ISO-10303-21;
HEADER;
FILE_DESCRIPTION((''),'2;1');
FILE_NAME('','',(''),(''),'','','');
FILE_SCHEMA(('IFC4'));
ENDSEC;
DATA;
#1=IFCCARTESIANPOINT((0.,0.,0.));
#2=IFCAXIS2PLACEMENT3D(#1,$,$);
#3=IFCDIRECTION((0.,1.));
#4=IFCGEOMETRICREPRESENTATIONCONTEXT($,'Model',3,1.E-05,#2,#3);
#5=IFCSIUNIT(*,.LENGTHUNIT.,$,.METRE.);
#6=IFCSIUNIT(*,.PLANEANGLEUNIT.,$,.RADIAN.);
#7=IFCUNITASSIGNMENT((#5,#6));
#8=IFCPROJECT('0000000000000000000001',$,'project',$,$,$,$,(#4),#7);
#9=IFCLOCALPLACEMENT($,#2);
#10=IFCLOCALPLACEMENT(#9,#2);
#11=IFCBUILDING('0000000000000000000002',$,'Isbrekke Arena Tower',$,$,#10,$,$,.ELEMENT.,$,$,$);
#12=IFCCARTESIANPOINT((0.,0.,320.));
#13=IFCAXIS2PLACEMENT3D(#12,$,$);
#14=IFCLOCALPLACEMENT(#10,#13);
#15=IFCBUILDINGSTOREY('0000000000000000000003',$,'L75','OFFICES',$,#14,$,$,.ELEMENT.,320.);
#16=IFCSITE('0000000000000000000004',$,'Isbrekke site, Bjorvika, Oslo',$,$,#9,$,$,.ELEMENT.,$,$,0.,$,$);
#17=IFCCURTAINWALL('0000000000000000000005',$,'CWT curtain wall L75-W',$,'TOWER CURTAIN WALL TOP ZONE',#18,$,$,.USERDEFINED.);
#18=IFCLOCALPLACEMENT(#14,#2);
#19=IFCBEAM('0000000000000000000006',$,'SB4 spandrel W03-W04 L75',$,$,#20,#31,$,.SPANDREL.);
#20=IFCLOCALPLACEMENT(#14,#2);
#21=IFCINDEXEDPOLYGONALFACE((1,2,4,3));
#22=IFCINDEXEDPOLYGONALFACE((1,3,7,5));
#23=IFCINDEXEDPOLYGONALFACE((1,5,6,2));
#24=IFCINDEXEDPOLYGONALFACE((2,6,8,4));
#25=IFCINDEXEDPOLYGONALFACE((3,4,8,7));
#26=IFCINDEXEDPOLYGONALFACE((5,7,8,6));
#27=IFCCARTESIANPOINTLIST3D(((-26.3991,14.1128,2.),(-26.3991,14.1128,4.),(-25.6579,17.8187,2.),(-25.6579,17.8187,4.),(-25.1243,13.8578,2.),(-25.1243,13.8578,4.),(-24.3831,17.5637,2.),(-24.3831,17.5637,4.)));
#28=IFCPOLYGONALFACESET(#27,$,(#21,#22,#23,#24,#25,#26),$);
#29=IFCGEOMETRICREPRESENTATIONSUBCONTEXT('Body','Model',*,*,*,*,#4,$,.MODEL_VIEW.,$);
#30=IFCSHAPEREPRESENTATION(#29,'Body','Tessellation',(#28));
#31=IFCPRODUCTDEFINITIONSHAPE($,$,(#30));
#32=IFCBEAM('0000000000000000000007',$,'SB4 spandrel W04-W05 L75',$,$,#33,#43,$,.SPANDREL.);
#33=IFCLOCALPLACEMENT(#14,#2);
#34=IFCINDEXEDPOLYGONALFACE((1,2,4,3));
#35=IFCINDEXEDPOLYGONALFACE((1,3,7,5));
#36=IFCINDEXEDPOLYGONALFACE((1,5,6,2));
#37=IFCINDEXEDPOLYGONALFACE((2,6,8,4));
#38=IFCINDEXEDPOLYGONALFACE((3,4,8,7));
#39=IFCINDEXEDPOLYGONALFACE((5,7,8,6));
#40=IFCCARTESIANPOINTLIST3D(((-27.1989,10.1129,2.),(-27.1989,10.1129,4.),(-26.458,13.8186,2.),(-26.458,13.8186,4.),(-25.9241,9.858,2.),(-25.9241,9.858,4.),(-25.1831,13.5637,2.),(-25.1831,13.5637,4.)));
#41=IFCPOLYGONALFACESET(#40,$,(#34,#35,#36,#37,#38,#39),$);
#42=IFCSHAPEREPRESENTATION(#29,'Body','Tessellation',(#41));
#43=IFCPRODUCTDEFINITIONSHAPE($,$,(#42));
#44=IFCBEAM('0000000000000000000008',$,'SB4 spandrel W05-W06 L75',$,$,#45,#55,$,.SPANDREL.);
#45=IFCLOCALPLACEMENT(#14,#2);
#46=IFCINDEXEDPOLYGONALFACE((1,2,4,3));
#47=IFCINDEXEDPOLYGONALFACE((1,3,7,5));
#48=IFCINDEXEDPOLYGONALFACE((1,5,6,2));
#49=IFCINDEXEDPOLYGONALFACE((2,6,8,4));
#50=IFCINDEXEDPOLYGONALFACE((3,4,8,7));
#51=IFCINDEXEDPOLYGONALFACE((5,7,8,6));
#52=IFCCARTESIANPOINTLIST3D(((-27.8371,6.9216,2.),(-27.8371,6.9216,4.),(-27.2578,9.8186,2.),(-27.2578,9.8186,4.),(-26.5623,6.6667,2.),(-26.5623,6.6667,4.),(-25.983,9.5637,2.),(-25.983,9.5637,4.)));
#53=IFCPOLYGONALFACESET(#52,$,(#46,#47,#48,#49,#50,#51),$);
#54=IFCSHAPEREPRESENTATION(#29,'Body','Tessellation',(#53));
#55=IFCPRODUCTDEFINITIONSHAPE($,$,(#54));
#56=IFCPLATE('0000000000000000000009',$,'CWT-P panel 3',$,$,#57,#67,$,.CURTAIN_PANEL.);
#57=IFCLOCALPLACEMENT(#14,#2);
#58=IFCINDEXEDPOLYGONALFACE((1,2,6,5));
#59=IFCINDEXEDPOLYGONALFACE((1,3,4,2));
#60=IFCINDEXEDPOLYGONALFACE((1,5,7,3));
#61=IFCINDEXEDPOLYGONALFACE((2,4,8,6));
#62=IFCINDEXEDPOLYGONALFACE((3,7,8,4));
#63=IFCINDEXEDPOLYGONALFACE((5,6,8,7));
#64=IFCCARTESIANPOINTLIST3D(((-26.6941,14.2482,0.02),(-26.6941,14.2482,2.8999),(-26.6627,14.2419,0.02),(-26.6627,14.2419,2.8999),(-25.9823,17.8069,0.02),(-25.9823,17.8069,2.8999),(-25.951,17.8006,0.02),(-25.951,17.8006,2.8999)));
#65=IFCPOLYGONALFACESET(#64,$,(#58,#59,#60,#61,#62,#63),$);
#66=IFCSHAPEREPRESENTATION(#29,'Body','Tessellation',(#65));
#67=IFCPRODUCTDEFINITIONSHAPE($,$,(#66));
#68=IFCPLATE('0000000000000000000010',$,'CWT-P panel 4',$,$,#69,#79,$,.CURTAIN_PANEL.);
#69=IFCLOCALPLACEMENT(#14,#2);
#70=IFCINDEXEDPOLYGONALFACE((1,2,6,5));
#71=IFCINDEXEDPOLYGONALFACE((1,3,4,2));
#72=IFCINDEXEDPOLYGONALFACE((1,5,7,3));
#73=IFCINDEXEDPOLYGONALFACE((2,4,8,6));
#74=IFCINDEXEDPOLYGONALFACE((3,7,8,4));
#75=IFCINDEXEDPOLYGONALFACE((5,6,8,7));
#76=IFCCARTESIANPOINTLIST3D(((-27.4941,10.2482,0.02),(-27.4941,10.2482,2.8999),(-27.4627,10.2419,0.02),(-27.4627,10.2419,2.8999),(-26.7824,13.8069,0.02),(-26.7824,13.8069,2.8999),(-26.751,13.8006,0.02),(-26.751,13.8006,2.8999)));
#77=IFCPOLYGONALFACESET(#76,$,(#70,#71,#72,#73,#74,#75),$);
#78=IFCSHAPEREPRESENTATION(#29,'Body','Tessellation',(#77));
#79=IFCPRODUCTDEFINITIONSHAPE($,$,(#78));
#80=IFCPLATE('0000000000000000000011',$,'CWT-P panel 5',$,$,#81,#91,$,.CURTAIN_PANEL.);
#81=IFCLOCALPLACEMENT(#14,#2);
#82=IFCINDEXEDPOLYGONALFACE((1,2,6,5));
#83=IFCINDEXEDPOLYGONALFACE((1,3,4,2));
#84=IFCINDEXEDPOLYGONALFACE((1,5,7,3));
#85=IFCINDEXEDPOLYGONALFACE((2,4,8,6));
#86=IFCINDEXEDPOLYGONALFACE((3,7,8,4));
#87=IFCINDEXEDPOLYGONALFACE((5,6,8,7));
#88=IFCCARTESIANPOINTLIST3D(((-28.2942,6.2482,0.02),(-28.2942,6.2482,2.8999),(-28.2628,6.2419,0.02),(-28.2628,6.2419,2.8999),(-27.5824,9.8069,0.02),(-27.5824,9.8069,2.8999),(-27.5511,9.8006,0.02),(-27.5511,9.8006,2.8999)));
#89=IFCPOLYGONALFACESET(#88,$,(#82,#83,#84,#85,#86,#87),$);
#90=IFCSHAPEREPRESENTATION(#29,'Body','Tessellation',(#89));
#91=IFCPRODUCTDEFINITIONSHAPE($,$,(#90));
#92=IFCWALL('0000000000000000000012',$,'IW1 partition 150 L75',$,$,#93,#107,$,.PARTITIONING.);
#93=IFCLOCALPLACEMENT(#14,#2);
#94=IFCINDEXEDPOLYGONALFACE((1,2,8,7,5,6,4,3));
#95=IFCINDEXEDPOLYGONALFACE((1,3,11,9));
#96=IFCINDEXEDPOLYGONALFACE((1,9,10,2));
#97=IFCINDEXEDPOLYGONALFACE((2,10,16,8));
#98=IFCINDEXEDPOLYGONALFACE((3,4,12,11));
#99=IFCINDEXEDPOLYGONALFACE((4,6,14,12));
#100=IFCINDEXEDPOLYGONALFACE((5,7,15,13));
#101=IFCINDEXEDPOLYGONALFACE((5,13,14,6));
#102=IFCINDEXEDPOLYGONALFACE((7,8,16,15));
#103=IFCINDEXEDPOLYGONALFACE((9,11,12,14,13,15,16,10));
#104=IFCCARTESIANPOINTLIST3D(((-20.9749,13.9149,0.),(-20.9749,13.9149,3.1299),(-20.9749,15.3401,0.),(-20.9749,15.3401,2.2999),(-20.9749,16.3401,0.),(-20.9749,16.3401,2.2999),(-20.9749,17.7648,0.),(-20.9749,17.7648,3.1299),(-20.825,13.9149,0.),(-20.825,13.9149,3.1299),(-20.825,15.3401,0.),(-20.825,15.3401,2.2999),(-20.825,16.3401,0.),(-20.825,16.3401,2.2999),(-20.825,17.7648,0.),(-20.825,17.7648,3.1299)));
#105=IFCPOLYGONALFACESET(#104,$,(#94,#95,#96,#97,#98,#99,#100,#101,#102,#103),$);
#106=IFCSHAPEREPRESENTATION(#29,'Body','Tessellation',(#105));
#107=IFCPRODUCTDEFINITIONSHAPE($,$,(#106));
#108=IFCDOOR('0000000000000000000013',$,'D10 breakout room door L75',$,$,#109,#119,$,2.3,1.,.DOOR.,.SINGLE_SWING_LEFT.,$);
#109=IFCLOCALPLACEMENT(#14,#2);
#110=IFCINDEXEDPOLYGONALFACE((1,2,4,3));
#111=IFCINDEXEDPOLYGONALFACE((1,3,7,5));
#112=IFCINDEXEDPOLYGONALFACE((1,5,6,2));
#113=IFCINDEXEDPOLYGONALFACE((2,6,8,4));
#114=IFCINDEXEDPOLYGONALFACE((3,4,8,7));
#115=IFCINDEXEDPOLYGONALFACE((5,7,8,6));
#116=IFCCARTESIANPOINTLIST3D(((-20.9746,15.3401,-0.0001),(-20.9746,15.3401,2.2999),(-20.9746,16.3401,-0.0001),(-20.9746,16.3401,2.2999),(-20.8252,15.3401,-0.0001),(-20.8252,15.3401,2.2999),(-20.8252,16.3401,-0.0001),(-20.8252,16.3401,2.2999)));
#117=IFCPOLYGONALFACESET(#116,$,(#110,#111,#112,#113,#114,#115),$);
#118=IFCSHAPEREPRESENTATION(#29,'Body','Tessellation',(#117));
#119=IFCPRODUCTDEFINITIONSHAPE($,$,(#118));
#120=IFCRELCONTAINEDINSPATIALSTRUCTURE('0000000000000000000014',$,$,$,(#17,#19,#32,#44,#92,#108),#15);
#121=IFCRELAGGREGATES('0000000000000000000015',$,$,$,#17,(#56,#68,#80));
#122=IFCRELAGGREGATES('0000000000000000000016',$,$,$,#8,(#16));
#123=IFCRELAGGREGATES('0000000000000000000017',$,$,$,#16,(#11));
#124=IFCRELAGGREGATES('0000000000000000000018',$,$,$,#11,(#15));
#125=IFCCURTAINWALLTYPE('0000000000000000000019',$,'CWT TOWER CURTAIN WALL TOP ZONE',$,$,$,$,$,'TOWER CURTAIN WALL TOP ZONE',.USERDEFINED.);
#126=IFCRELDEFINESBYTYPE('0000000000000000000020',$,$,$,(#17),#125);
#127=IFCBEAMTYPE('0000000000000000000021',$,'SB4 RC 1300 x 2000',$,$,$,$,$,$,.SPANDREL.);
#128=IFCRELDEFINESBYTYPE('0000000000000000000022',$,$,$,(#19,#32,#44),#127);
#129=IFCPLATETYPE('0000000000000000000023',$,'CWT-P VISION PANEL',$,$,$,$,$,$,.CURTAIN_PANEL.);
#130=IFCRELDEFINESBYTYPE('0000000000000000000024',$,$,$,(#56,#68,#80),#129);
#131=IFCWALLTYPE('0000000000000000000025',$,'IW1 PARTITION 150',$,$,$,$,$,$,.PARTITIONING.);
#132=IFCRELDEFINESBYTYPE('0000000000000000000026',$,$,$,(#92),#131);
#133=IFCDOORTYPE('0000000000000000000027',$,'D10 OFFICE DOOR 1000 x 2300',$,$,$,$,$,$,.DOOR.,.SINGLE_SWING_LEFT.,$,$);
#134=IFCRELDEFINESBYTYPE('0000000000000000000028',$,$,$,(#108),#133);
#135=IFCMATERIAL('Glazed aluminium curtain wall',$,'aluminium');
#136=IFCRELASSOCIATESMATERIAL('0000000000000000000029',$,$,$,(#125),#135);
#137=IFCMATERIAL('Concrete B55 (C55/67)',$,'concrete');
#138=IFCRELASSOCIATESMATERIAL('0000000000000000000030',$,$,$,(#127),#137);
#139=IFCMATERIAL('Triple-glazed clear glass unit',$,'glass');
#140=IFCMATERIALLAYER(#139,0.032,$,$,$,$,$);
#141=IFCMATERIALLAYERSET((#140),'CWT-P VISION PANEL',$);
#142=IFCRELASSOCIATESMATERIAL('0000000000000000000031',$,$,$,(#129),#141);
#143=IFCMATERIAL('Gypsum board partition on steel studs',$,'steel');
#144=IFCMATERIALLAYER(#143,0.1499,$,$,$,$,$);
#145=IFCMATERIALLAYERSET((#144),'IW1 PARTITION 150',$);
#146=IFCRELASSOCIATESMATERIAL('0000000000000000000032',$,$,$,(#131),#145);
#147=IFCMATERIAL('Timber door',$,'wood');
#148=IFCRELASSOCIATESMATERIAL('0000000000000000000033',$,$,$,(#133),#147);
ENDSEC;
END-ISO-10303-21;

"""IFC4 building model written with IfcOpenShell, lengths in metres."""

from ifc_helpers import new_model, si_unit, direction, frame, frame_2d, origin, origin_2d, place, context, subcontext, project, spatial, rectangle, extrude, material, layer, layer_set, material_profile, profile_set, type_object, element, fill, aggregate, save


model = new_model("IFC4")

# Units and contexts
model_context = context("Model", 3, precision=1e-05, world=origin(), true_north=direction((0.0, 1.0)))
body_context = subcontext(model_context, "Body", "Model", "MODEL_VIEW")
ifc_project = project(units=[si_unit("LENGTHUNIT", "METRE"), si_unit("PLANEANGLEUNIT", "RADIAN")], contexts=[model_context])

# Site, building, storey
site_placement = place(None, origin())
site = spatial("IfcSite", under=ifc_project, at=site_placement, Name="Isbrekke site, Bjorvika, Oslo", CompositionType="ELEMENT", RefElevation=0.0)
building_placement = place(site_placement, origin())
building = spatial("IfcBuilding", under=site, at=building_placement, Name="Isbrekke Arena Tower", CompositionType="ELEMENT")
storey_placement = place(building_placement, frame((0.0, 0.0, 320.0)))
storey = spatial("IfcBuildingStorey", under=building, at=storey_placement, Name="L75", Description="OFFICES", CompositionType="ELEMENT", Elevation=320.0)

# Curtain wall
ifc_material_1 = material(Name="Glazed aluminium curtain wall", Category="aluminium")
curtain_wall_type = type_object("IfcCurtainWallType", Name="CWT TOWER CURTAIN WALL TOP ZONE", ElementType="TOWER CURTAIN WALL TOP ZONE", PredefinedType="USERDEFINED", material=ifc_material_1)
curtain_wall_placement = place(storey_placement, origin())
curtain_wall = element("IfcCurtainWall", 1, at=curtain_wall_placement, inside=storey, type_object=curtain_wall_type, Name="CWT curtain wall L75-W", ObjectType="TOWER CURTAIN WALL TOP ZONE", PredefinedType="USERDEFINED")

# Beams
ifc_material_2 = material(Name="Concrete B55 (C55/67)", Category="concrete")
ifc_material_profile_1 = material_profile(ifc_material_2, rectangle(XDim=1.3, YDim=2.0, at=origin_2d()), Name="RC 1300x2000")
ifc_profile_set_1 = profile_set([ifc_material_profile_1], Name="Concrete B55 (C55/67)")
beam_type_1 = type_object("IfcBeamType", Name="SB4 RC 1300 x 2000", PredefinedType="SPANDREL", material=ifc_profile_set_1)
beam_1_placement = place(storey_placement, frame((-25.0205, 17.6912, 3.0), z_axis=(-0.196129, -0.980578, 0.0), x_axis=(0.980578, -0.196129, 0.0)))
element("IfcBeam", 2, at=beam_1_placement, inside=storey, type_object=beam_type_1, Name="SB4 spandrel W03-W04 L75", PredefinedType="SPANDREL", context=body_context, shape_type="SweptSolid", body=[
    extrude(rectangle(XDim=1.3, YDim=2.0, at=origin_2d()), origin(), (0.0, 0.0, 1.0), 3.7793),
])
beam_2_placement = place(storey_placement, frame((-25.8206, 13.6912, 3.0), z_axis=(-0.196066, -0.980591, 0.0), x_axis=(0.980591, -0.196066, 0.0)))
element("IfcBeam", 3, at=beam_2_placement, inside=storey, type_object=beam_type_1, Name="SB4 spandrel W04-W05 L75", PredefinedType="SPANDREL", context=body_context, shape_type="SweptSolid", body=[
    extrude(rectangle(XDim=1.3, YDim=2.0, at=origin_2d()), origin(), (0.0, 0.0, 1.0), 3.7791),
])
beam_3_placement = place(storey_placement, frame((-26.6204, 9.6912, 3.0), z_axis=(-0.1961, -0.980584, 0.0), x_axis=(0.980584, -0.1961, 0.0)))
element("IfcBeam", 4, at=beam_3_placement, inside=storey, type_object=beam_type_1, Name="SB4 spandrel W05-W06 L75", PredefinedType="SPANDREL", context=body_context, shape_type="SweptSolid", body=[
    extrude(rectangle(XDim=1.3, YDim=2.0, at=origin_2d()), origin(), (0.0, 0.0, 1.0), 2.9543),
])

# Plates
ifc_material_3 = material(Name="Triple-glazed clear glass unit", Category="glass")
ifc_layer_1 = layer(ifc_material_3, 0.032)
ifc_layer_set_1 = layer_set([ifc_layer_1], Name="CWT-P VISION PANEL")
plate_type = type_object("IfcPlateType", Name="CWT-P VISION PANEL", PredefinedType="CURTAIN_PANEL", material=ifc_layer_set_1)
plate_1_placement = place(storey_placement, frame((-26.3225, 16.0244, 0.02), z_axis=(0.0, 0.0, 1.0), x_axis=(-0.196116, -0.980581, 0.0)))
plate_1 = element("IfcPlate", 5, at=plate_1_placement, type_object=plate_type, Name="CWT-P panel 3", PredefinedType="CURTAIN_PANEL", context=body_context, shape_type="SweptSolid", body=[
    extrude(rectangle(XDim=3.6292, YDim=0.032, at=origin_2d()), origin(), (0.0, 0.0, 1.0), 2.8799),
])
plate_2_placement = place(storey_placement, frame((-27.1226, 12.0244, 0.02), z_axis=(0.0, 0.0, 1.0), x_axis=(-0.196116, -0.980581, 0.0)))
plate_2 = element("IfcPlate", 6, at=plate_2_placement, type_object=plate_type, Name="CWT-P panel 4", PredefinedType="CURTAIN_PANEL", context=body_context, shape_type="SweptSolid", body=[
    extrude(rectangle(XDim=3.6292, YDim=0.032, at=origin_2d()), origin(), (0.0, 0.0, 1.0), 2.8799),
])
plate_3_placement = place(storey_placement, frame((-27.9226, 8.0244, 0.02), z_axis=(0.0, 0.0, 1.0), x_axis=(-0.196116, -0.980581, 0.0)))
plate_3 = element("IfcPlate", 7, at=plate_3_placement, type_object=plate_type, Name="CWT-P panel 5", PredefinedType="CURTAIN_PANEL", context=body_context, shape_type="SweptSolid", body=[
    extrude(rectangle(XDim=3.6292, YDim=0.032, at=origin_2d()), origin(), (0.0, 0.0, 1.0), 2.8799),
])
aggregate(curtain_wall, [plate_1, plate_2, plate_3])

# Wall, opening, door
ifc_material_4 = material(Name="Gypsum board partition on steel studs", Category="steel")
ifc_layer_2 = layer(ifc_material_4, 0.1499)
ifc_layer_set_2 = layer_set([ifc_layer_2], Name="IW1 PARTITION 150")
wall_type = type_object("IfcWallType", Name="IW1 PARTITION 150", PredefinedType="PARTITIONING", material=ifc_layer_set_2)
wall_1_placement = place(storey_placement, frame((-20.8999, 13.915, 0.0), z_axis=(0.0, 0.0, 1.0), x_axis=(0.0, 1.0, 0.0)))
wall_1 = element("IfcWall", 8, at=wall_1_placement, inside=storey, type_object=wall_type, Name="IW1 partition 150 L75", PredefinedType="PARTITIONING", context=body_context, shape_type="SweptSolid", body=[
    extrude(rectangle(XDim=3.8499, YDim=0.1499, at=frame_2d((1.9248, 0.0))), origin(), (0.0, 0.0, 1.0), 3.1299),
])
opening_1_placement = place(wall_1_placement, frame((1.425, 0.0, 0.0)))
opening_1 = element("IfcOpeningElement", 9, at=opening_1_placement, cuts=wall_1, PredefinedType="OPENING", context=body_context, shape_type="SweptSolid", body=[
    extrude(rectangle(XDim=1.0, YDim=2.3, at=frame_2d((0.5, 1.1499))), frame((0.0, 0.0898, 0.0), z_axis=(0.0, -1.0, 0.0), x_axis=(1.0, 0.0, 0.0)), (0.0, 0.0, 1.0), 0.1797),
])
ifc_material_5 = material(Name="Timber door", Category="wood")
door_type_1 = type_object("IfcDoorType", Name="D10 OFFICE DOOR 1000 x 2300", OperationType="SINGLE_SWING_LEFT", PredefinedType="DOOR", material=ifc_material_5)
door_1_placement = place(opening_1_placement, origin())
door_1 = element("IfcDoor", 10, at=door_1_placement, inside=storey, type_object=door_type_1, Name="D10 breakout room door L75", OperationType="SINGLE_SWING_LEFT", OverallHeight=2.3, OverallWidth=1.0, PredefinedType="DOOR", context=body_context, shape_type="SweptSolid", body=[
    extrude(rectangle(XDim=1.0, YDim=2.3, at=frame_2d((0.5, 1.1499))), frame((0.0, 0.0747, 0.0), z_axis=(0.0, -1.0, 0.0), x_axis=(1.0, 0.0, 0.0)), (0.0, 0.0, 1.0), 0.1494),
])
fill(opening_1, door_1)

save(model, "model.ifc")
